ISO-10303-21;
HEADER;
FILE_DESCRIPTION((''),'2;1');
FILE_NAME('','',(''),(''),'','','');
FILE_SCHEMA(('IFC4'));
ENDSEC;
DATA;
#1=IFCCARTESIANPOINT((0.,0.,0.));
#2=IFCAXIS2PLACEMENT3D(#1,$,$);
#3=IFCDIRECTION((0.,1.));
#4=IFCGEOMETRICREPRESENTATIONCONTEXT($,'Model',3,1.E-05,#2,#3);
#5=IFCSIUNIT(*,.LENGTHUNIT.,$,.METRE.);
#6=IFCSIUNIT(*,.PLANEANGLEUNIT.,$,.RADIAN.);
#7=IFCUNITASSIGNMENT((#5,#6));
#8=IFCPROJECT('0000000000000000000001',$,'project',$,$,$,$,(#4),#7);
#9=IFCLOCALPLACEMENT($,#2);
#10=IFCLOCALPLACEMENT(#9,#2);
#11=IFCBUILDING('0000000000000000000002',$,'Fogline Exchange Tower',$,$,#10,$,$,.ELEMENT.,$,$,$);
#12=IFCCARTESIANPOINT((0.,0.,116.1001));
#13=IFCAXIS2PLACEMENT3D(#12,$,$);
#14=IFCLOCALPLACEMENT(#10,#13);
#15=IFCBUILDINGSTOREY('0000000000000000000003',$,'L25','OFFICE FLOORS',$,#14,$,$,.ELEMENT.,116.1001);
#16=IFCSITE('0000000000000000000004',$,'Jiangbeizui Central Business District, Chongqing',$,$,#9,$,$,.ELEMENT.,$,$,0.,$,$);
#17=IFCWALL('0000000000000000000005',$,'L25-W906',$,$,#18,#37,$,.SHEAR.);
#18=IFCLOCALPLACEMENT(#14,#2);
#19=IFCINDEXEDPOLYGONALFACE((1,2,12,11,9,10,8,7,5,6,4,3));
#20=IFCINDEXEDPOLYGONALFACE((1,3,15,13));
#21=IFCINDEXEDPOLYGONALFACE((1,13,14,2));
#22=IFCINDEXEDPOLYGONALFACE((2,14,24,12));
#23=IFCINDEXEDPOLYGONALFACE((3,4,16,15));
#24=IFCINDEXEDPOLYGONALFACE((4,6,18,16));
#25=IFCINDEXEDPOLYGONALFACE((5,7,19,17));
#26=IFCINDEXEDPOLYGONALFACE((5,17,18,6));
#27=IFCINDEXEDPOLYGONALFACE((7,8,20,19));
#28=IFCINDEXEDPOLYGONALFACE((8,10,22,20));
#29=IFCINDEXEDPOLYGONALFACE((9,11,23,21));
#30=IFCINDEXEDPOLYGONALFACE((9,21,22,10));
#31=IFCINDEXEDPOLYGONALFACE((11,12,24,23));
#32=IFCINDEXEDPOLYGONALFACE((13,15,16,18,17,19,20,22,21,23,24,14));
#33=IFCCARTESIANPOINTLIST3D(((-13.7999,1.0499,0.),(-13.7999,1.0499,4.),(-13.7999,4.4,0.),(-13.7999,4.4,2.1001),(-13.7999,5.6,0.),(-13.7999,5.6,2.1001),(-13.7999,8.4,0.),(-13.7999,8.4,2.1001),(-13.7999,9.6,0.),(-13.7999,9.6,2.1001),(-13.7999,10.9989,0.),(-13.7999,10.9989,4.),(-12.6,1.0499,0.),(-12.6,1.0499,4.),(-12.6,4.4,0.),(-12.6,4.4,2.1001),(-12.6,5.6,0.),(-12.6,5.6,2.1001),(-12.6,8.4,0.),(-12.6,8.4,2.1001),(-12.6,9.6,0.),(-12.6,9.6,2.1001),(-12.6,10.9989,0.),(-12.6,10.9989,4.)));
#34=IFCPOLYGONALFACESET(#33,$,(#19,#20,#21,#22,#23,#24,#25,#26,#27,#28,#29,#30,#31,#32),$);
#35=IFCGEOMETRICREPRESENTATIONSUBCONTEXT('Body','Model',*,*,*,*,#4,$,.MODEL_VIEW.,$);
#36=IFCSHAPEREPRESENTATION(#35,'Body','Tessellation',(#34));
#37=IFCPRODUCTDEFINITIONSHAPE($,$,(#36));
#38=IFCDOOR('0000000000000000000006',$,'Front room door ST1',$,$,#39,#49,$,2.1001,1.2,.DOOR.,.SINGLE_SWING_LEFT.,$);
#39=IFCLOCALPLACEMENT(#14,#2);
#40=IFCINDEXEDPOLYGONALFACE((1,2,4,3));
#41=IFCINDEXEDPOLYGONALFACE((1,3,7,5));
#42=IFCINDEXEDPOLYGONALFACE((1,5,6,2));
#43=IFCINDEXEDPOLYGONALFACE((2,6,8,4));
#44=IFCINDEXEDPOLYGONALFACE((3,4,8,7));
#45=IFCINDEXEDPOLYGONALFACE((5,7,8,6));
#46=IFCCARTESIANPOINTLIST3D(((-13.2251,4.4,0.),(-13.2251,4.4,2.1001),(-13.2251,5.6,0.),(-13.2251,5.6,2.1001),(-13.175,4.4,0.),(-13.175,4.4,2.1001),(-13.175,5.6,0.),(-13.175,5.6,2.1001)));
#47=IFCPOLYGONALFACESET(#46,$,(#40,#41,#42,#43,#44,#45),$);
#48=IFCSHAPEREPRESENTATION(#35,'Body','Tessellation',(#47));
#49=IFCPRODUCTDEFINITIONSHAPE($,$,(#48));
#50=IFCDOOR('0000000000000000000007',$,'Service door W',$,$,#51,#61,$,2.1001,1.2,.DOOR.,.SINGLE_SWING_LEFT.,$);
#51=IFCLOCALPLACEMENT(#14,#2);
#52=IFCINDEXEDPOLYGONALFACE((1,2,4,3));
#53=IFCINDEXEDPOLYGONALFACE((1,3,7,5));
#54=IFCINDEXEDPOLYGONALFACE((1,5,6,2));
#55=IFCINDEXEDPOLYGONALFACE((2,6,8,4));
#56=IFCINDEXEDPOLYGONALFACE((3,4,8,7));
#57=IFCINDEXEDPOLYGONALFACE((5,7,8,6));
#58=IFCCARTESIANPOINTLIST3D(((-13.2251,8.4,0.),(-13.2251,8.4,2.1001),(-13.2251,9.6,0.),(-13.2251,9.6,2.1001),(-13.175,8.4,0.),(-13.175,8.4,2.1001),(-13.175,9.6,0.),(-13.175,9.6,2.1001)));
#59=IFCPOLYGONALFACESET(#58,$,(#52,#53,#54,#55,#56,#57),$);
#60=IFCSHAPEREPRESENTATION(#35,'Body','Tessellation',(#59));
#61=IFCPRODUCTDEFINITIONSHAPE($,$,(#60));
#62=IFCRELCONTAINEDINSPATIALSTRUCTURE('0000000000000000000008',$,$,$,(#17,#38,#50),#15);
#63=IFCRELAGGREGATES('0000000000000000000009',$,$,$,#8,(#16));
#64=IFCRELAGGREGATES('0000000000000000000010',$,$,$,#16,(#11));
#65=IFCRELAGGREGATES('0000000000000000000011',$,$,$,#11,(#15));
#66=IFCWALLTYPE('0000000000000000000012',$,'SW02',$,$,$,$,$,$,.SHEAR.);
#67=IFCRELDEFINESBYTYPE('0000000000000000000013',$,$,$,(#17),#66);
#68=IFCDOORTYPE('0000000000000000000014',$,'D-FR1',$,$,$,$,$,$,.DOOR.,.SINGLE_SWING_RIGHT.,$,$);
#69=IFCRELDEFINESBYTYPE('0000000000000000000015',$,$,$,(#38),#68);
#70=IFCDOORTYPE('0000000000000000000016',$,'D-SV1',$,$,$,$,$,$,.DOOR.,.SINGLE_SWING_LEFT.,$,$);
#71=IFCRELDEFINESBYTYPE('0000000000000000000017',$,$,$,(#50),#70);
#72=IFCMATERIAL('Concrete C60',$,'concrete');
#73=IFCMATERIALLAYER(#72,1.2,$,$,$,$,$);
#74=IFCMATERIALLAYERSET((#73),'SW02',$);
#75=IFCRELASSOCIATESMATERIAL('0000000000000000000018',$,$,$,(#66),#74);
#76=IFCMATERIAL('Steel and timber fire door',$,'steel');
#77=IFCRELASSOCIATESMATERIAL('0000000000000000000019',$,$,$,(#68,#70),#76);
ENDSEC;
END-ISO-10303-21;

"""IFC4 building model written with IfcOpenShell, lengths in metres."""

from ifc_helpers import new_model, si_unit, direction, frame, frame_2d, origin, place, context, subcontext, project, spatial, rectangle, extrude, material, layer, layer_set, type_object, element, fill, save


model = new_model("IFC4")

# Units and contexts
model_context = context("Model", 3, precision=1e-05, world=origin(), true_north=direction((0.0, 1.0)))
body_context = subcontext(model_context, "Body", "Model", "MODEL_VIEW")
ifc_project = project(units=[si_unit("LENGTHUNIT", "METRE"), si_unit("PLANEANGLEUNIT", "RADIAN")], contexts=[model_context])

# Site, building, storey
site_placement = place(None, origin())
site = spatial("IfcSite", under=ifc_project, at=site_placement, Name="Jiangbeizui Central Business District, Chongqing", CompositionType="ELEMENT", RefElevation=0.0)
building_placement = place(site_placement, origin())
building = spatial("IfcBuilding", under=site, at=building_placement, Name="Fogline Exchange Tower", CompositionType="ELEMENT")
storey_placement = place(building_placement, frame((0.0, 0.0, 116.1001)))
storey = spatial("IfcBuildingStorey", under=building, at=storey_placement, Name="L25", Description="OFFICE FLOORS", CompositionType="ELEMENT", Elevation=116.1001)

# Shared definitions
ifc_material_1 = material(Name="Concrete C60", Category="concrete")
ifc_layer_1 = layer(ifc_material_1, 1.2)
ifc_layer_set_1 = layer_set([ifc_layer_1], Name="SW02")
wall_type_1 = type_object("IfcWallType", Name="SW02", PredefinedType="SHEAR", material=ifc_layer_set_1)

# Wall, openings, doors
wall_1_placement = place(storey_placement, frame((-13.2, 10.999, 0.0), z_axis=(0.0, 0.0, 1.0), x_axis=(0.0, -1.0, 0.0)))
wall_1 = element("IfcWall", 1, at=wall_1_placement, inside=storey, type_object=wall_type_1, Name="L25-W906", PredefinedType="SHEAR", context=body_context, shape_type="SweptSolid", body=[
    extrude(rectangle(XDim=9.949, YDim=1.2, at=frame_2d((4.9746, 0.0))), origin(), (0.0, 0.0, 1.0), 4.0),
])
opening_1_placement = place(wall_1_placement, frame((5.3989, 0.0, 0.0)))
opening_1 = element("IfcOpeningElement", 2, at=opening_1_placement, cuts=wall_1, PredefinedType="OPENING", context=body_context, shape_type="SweptSolid", body=[
    extrude(rectangle(XDim=1.2, YDim=2.1001, at=frame_2d((0.6001, 1.05))), frame((0.0, 0.6099, 0.0), z_axis=(0.0, -1.0, 0.0), x_axis=(1.0, 0.0, 0.0)), (0.0, 0.0, 1.0), 1.22),
])
opening_2_placement = place(wall_1_placement, frame((1.3989, 0.0, 0.0)))
opening_2 = element("IfcOpeningElement", 3, at=opening_2_placement, cuts=wall_1, PredefinedType="OPENING", context=body_context, shape_type="SweptSolid", body=[
    extrude(rectangle(XDim=1.2, YDim=2.1001, at=frame_2d((0.6001, 1.05))), frame((0.0, 0.6099, 0.0), z_axis=(0.0, -1.0, 0.0), x_axis=(1.0, 0.0, 0.0)), (0.0, 0.0, 1.0), 1.22),
])
ifc_material_2 = material(Name="Steel and timber fire door", Category="steel")
door_type_1 = type_object("IfcDoorType", Name="D-FR1", OperationType="SINGLE_SWING_RIGHT", PredefinedType="DOOR", material=ifc_material_2)
door_1_placement = place(opening_1_placement, origin())
door_1 = element("IfcDoor", 4, at=door_1_placement, inside=storey, type_object=door_type_1, Name="Front room door ST1", OperationType="SINGLE_SWING_LEFT", OverallHeight=2.1001, OverallWidth=1.2, PredefinedType="DOOR", context=body_context, shape_type="SweptSolid", body=[
    extrude(rectangle(XDim=1.2, YDim=2.1001, at=frame_2d((0.6001, 1.05))), frame((0.0, 0.0249, 0.0), z_axis=(0.0, -1.0, 0.0), x_axis=(1.0, 0.0, 0.0)), (0.0, 0.0, 1.0), 0.05),
])
fill(opening_1, door_1)
door_type_2 = type_object("IfcDoorType", Name="D-SV1", OperationType="SINGLE_SWING_LEFT", PredefinedType="DOOR", material=ifc_material_2)
door_2_placement = place(opening_2_placement, origin())
door_2 = element("IfcDoor", 5, at=door_2_placement, inside=storey, type_object=door_type_2, Name="Service door W", OperationType="SINGLE_SWING_LEFT", OverallHeight=2.1001, OverallWidth=1.2, PredefinedType="DOOR", context=body_context, shape_type="SweptSolid", body=[
    extrude(rectangle(XDim=1.2, YDim=2.1001, at=frame_2d((0.6001, 1.05))), frame((0.0, 0.0249, 0.0), z_axis=(0.0, -1.0, 0.0), x_axis=(1.0, 0.0, 0.0)), (0.0, 0.0, 1.0), 0.05),
])
fill(opening_2, door_2)

save(model, "model.ifc")
